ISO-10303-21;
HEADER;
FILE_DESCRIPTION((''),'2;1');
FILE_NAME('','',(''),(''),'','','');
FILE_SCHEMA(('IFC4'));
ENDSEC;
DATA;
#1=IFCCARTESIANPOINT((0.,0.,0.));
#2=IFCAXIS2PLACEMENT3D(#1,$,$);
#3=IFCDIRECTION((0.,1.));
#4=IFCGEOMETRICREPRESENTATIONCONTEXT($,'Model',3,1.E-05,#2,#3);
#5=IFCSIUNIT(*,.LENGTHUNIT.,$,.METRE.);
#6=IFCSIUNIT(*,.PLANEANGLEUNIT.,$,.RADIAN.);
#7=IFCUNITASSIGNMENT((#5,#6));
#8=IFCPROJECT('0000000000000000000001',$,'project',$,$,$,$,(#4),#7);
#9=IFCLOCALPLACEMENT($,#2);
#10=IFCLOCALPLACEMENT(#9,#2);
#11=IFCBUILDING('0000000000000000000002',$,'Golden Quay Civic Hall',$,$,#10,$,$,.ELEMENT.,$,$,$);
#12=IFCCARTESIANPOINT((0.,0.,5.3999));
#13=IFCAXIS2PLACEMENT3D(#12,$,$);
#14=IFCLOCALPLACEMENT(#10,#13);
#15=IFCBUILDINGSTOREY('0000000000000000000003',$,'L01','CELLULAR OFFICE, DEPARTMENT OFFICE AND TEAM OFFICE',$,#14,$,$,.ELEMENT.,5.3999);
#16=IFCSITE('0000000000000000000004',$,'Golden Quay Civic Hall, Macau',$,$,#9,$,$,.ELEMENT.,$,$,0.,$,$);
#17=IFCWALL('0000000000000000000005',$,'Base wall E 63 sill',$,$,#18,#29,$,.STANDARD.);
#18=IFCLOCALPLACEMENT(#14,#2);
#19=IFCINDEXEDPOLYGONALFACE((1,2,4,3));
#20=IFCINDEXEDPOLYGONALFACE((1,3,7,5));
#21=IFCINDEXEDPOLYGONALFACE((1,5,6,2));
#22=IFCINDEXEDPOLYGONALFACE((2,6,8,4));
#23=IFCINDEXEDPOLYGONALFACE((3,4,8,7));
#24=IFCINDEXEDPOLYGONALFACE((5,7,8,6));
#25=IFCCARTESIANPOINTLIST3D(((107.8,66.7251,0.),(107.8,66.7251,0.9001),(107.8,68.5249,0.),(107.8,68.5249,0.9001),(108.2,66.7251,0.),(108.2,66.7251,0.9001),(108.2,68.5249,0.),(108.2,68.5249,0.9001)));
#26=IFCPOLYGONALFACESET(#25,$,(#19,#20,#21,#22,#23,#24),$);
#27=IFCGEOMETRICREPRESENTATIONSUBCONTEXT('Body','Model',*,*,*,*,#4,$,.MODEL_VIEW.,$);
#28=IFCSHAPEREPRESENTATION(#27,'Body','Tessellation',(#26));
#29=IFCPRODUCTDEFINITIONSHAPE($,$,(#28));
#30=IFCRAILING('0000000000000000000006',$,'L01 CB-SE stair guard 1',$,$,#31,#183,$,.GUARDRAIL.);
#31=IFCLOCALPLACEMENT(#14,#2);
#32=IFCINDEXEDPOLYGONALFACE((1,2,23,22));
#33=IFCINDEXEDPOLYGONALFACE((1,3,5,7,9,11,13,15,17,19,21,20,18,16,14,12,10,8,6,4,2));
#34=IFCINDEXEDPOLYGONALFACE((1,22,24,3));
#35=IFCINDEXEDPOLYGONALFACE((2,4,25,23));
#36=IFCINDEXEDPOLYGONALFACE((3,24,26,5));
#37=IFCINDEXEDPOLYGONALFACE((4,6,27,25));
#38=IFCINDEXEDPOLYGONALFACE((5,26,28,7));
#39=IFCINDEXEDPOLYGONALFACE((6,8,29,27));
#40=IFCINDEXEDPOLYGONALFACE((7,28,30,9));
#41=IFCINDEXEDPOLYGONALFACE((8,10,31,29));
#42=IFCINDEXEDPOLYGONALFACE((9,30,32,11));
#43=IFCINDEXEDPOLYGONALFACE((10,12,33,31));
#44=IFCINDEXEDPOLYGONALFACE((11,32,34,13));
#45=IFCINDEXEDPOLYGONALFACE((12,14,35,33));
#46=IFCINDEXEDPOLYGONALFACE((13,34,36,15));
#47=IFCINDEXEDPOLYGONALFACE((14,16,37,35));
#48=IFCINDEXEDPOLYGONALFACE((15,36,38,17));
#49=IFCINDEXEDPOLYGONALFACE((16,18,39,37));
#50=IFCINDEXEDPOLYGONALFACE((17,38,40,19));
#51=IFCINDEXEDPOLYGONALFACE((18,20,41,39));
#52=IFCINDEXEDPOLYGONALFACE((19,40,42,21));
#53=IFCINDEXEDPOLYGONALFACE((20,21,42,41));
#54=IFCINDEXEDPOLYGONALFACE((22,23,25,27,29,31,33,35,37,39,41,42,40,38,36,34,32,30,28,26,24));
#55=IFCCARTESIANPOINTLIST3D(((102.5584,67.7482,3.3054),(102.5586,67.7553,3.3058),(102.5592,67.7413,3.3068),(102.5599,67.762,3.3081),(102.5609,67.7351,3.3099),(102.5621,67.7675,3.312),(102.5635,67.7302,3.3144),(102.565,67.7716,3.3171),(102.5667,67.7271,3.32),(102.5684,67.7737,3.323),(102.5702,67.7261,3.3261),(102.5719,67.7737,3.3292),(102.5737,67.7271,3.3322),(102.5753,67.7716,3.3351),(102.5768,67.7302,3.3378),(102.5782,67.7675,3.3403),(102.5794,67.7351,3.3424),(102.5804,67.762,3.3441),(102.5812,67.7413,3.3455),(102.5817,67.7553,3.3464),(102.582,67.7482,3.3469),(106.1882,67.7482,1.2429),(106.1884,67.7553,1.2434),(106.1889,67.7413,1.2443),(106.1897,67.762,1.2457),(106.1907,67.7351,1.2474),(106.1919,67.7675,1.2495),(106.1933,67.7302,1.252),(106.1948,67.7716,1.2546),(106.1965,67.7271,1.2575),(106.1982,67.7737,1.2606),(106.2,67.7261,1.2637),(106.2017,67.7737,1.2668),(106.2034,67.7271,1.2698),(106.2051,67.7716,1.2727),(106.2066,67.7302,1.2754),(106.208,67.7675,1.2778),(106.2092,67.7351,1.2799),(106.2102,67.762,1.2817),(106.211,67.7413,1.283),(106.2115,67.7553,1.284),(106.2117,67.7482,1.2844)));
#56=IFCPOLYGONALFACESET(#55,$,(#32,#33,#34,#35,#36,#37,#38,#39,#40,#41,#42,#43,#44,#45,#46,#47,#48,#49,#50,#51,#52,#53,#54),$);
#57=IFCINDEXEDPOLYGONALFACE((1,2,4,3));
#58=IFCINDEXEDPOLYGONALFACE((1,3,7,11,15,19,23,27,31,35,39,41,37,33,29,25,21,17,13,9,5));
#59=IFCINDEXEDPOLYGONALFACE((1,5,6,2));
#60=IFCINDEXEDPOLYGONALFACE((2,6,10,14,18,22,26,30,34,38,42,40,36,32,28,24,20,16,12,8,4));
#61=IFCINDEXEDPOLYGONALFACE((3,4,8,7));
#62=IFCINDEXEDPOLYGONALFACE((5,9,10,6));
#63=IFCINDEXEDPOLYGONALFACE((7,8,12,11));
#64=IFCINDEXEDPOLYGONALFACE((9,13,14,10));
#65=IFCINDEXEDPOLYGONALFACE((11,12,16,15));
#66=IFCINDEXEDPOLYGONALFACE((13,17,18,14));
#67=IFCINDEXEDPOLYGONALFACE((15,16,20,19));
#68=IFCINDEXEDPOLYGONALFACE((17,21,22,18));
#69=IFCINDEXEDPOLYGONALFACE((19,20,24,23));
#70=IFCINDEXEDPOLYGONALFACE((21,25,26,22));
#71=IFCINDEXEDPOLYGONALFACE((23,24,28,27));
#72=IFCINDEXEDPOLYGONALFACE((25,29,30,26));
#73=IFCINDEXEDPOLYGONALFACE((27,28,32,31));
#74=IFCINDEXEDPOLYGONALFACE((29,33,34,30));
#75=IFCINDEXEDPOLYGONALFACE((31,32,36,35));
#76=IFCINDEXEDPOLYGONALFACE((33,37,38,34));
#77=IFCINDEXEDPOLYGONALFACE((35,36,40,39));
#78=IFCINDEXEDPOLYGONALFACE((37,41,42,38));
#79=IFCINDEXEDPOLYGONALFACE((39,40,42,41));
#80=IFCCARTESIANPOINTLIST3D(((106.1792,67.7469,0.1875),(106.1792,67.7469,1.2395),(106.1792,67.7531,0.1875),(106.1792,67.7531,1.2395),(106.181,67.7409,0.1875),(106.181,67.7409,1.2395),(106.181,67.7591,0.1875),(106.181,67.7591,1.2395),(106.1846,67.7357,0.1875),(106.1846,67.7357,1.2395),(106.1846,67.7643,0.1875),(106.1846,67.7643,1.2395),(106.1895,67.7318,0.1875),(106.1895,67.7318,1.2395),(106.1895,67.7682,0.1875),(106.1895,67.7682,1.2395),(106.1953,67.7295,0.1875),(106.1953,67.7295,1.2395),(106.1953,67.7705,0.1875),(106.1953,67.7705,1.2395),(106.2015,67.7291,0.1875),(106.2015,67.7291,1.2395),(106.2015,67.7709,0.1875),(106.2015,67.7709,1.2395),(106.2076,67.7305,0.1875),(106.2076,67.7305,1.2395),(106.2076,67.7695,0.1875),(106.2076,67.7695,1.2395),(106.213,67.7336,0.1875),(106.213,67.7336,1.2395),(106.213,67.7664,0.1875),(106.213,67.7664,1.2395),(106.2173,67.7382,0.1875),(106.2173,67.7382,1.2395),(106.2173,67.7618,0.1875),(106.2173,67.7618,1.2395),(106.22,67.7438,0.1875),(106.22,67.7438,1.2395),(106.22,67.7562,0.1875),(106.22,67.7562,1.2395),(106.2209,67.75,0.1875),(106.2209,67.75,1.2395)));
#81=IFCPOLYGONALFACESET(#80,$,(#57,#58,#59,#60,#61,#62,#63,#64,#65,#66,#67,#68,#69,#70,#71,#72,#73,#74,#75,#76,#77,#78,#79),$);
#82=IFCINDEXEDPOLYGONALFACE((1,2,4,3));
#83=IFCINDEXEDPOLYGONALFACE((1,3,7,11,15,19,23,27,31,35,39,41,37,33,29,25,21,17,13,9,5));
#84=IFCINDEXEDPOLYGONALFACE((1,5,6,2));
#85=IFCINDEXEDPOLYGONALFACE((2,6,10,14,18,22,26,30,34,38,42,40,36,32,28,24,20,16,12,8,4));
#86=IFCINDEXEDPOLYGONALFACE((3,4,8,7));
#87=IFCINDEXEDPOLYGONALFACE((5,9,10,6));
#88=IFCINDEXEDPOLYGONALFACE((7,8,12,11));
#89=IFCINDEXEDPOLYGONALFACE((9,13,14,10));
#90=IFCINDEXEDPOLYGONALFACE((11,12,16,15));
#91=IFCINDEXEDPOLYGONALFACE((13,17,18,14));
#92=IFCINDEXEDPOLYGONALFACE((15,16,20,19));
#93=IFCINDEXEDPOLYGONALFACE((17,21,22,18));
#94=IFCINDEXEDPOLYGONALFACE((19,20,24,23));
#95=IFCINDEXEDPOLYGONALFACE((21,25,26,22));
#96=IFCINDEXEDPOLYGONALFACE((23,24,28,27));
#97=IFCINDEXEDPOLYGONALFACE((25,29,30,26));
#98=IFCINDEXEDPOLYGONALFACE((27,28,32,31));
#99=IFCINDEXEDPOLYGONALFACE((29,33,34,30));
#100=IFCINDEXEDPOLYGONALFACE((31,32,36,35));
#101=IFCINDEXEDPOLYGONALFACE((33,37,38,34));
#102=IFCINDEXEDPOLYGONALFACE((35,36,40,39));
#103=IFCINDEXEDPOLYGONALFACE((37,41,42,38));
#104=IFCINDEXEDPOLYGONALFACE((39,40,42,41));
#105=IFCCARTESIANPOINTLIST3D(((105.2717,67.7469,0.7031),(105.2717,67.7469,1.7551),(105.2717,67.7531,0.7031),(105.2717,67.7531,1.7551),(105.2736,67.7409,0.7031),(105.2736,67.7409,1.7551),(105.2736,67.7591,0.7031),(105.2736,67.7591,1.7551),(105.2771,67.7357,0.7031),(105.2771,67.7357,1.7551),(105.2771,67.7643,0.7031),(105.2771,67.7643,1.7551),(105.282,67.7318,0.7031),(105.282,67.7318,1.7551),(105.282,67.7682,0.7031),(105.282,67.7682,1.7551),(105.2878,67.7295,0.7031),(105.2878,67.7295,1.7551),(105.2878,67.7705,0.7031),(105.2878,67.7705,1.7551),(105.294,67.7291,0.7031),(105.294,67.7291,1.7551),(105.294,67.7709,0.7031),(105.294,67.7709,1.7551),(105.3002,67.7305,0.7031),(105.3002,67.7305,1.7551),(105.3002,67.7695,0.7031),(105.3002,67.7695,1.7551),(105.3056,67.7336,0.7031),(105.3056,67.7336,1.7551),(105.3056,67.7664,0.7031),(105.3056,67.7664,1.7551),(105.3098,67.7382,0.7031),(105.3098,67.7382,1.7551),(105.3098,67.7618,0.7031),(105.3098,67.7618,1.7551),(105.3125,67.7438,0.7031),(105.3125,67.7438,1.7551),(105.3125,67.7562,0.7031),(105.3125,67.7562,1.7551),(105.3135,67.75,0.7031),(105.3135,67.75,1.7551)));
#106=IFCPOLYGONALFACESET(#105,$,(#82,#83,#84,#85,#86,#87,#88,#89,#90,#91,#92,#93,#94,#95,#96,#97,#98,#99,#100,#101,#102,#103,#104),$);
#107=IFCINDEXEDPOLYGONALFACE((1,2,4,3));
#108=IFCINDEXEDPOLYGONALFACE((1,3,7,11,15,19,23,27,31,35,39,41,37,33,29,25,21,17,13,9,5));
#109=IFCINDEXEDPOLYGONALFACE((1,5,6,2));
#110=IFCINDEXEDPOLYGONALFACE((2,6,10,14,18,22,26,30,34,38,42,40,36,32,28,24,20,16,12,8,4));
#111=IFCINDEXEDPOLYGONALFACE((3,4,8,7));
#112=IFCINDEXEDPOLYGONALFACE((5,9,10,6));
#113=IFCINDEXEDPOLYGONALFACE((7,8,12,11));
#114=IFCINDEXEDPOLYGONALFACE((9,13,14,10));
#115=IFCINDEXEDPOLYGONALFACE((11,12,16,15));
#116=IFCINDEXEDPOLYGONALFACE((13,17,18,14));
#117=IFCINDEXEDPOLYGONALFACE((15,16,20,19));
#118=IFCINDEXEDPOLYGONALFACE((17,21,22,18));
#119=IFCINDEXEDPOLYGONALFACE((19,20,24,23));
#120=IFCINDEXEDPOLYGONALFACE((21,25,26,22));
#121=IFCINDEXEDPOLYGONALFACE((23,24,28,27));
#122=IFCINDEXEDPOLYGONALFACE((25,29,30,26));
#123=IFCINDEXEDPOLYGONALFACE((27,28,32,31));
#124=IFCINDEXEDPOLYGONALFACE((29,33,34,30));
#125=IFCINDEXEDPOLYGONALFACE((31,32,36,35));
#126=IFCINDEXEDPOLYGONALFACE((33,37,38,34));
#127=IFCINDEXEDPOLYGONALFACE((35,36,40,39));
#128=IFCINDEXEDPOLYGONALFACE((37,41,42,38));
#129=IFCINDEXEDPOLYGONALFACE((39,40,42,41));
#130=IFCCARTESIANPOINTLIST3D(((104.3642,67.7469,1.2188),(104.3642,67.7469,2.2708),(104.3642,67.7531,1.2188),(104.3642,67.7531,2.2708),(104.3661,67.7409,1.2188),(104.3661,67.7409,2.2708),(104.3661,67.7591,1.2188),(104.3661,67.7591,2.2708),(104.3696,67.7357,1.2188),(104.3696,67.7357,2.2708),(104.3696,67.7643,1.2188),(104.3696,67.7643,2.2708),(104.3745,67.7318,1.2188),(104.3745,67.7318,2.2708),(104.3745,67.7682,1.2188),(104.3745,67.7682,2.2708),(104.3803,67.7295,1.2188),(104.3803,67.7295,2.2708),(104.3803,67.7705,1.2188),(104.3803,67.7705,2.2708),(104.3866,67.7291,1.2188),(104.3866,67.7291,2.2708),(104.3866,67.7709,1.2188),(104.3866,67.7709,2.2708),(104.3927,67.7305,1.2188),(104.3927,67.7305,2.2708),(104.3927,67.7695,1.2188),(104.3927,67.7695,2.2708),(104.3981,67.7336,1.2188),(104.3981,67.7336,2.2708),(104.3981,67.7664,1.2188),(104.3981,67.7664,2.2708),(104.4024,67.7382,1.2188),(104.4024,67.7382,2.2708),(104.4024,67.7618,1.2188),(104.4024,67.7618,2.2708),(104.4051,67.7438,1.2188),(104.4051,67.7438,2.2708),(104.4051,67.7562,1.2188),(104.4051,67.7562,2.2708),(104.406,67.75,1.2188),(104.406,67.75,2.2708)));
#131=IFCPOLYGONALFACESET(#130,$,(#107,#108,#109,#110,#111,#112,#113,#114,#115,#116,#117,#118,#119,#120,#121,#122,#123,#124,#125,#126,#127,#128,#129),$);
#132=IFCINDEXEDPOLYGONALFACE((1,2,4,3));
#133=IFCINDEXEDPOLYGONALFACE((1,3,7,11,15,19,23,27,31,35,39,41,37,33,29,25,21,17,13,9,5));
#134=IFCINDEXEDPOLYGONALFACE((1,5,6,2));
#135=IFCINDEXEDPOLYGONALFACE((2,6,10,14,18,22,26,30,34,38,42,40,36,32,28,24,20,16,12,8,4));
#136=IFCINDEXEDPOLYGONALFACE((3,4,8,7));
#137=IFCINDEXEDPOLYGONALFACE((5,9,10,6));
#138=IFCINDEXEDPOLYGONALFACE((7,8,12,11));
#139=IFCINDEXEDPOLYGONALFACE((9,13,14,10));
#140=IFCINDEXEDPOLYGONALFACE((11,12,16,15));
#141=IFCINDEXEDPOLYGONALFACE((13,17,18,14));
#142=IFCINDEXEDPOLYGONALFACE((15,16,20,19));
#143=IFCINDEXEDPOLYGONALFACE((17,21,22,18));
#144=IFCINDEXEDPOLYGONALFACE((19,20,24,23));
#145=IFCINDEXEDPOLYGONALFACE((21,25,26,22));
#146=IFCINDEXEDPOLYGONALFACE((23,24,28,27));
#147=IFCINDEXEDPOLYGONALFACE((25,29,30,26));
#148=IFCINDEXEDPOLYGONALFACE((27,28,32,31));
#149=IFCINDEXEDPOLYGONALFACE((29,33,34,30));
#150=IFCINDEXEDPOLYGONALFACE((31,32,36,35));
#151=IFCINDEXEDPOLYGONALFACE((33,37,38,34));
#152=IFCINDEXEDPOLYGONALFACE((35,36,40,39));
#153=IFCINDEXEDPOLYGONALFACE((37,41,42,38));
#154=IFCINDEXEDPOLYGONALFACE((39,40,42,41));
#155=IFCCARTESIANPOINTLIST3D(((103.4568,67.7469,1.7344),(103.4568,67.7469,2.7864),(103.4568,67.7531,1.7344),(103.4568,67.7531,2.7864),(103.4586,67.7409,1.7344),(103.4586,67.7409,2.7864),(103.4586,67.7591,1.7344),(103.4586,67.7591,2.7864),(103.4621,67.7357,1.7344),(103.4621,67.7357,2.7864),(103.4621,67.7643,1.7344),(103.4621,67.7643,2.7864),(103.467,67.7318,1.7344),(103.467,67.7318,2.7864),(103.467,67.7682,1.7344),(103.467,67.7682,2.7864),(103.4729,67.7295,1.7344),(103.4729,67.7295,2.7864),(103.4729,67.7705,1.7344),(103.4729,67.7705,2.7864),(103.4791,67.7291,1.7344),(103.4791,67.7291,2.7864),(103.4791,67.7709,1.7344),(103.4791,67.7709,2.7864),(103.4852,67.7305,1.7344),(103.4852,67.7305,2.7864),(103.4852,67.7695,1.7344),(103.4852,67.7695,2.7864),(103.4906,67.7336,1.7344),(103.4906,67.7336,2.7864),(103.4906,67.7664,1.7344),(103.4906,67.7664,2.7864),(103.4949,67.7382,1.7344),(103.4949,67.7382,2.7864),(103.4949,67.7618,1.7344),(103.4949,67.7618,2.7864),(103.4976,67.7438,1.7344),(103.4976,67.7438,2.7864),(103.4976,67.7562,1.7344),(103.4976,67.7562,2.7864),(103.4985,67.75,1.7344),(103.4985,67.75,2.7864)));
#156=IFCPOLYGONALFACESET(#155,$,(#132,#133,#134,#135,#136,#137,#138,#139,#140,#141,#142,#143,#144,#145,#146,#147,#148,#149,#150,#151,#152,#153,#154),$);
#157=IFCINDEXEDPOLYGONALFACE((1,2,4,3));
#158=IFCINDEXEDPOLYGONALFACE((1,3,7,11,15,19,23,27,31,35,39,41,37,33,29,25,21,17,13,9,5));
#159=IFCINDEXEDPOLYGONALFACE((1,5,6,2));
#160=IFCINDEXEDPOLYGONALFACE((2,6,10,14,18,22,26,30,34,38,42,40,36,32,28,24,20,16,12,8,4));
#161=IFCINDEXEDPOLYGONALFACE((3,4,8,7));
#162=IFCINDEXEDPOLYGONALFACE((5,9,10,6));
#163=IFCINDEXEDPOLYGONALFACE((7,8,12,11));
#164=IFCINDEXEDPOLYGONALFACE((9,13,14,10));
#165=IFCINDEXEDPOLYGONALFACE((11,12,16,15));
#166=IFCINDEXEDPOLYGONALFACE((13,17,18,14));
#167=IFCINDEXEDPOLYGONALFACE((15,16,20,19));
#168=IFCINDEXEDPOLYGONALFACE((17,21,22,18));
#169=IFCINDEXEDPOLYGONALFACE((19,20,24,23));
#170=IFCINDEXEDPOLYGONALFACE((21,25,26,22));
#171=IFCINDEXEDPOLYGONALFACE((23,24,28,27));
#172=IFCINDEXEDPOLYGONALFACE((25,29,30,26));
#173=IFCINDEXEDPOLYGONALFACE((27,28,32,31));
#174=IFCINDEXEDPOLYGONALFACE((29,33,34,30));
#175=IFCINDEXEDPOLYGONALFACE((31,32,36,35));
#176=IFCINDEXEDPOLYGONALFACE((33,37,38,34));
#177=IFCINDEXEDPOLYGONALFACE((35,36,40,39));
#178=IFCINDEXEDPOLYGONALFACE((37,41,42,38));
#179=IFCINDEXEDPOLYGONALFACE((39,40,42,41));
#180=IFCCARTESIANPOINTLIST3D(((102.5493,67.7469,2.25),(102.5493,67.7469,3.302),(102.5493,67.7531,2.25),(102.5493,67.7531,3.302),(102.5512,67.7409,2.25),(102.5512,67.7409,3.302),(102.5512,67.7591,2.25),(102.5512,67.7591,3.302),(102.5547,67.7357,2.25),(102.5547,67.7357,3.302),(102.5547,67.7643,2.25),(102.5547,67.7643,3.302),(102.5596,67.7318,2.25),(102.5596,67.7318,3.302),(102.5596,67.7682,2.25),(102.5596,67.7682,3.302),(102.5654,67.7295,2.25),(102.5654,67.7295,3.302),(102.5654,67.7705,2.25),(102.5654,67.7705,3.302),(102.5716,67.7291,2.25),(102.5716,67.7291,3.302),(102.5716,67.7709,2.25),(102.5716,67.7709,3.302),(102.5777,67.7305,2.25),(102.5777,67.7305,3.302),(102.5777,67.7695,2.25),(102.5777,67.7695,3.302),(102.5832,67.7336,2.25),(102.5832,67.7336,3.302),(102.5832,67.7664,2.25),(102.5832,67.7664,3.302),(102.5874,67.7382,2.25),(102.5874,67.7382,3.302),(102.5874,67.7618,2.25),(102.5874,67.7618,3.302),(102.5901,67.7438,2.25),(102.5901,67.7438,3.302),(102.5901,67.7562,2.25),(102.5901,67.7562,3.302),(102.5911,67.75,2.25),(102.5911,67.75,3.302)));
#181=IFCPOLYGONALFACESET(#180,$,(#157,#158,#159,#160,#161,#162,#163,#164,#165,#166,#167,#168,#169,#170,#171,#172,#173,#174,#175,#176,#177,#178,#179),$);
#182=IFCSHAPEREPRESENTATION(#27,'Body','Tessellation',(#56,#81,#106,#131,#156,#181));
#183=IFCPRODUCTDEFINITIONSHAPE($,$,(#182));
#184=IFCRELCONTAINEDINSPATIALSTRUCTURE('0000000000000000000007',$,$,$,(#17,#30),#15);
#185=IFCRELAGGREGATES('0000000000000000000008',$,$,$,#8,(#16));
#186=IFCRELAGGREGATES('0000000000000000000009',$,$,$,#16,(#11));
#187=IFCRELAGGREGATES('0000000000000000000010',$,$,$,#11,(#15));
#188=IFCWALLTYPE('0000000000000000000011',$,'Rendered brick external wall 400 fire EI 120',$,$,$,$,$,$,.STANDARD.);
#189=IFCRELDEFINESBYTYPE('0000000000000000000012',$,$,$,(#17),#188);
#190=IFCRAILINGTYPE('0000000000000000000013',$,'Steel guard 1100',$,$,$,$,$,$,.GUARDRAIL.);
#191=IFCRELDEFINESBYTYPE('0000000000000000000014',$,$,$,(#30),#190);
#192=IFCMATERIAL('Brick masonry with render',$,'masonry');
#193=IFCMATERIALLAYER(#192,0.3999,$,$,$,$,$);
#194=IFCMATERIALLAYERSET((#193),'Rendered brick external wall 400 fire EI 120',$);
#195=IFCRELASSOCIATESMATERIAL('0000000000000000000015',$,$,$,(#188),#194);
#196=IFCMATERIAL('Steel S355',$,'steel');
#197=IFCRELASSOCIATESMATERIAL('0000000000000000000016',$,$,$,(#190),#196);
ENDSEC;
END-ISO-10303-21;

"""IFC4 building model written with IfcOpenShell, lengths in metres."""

from ifc_helpers import new_model, si_unit, direction, frame, frame_2d, origin, origin_2d, place, context, subcontext, project, spatial, rectangle, circle, extrude, material, layer, layer_set, type_object, element, save


model = new_model("IFC4")

# Units and contexts
model_context = context("Model", 3, precision=1e-05, world=origin(), true_north=direction((0.0, 1.0)))
body_context = subcontext(model_context, "Body", "Model", "MODEL_VIEW")
ifc_project = project(units=[si_unit("LENGTHUNIT", "METRE"), si_unit("PLANEANGLEUNIT", "RADIAN")], contexts=[model_context])

# Site, building, storey
site_placement = place(None, origin())
site = spatial("IfcSite", under=ifc_project, at=site_placement, Name="Golden Quay Civic Hall, Macau", CompositionType="ELEMENT", RefElevation=0.0)
building_placement = place(site_placement, origin())
building = spatial("IfcBuilding", under=site, at=building_placement, Name="Golden Quay Civic Hall", CompositionType="ELEMENT")
storey_placement = place(building_placement, frame((0.0, 0.0, 5.3999)))
storey = spatial("IfcBuildingStorey", under=building, at=storey_placement, Name="L01", Description="CELLULAR OFFICE, DEPARTMENT OFFICE AND TEAM OFFICE", CompositionType="ELEMENT", Elevation=5.3999)

# Wall
ifc_material_1 = material(Name="Brick masonry with render", Category="masonry")
ifc_layer_1 = layer(ifc_material_1, 0.3999)
ifc_layer_set_1 = layer_set([ifc_layer_1], Name="Rendered brick external wall 400 fire EI 120")
wall_type_1 = type_object("IfcWallType", Name="Rendered brick external wall 400 fire EI 120", PredefinedType="STANDARD", material=ifc_layer_set_1)
wall_1_placement = place(storey_placement, frame((108.0, 66.7251, 0.0), z_axis=(0.0, 0.0, 1.0), x_axis=(0.0, 1.0, 0.0)))
element("IfcWall", 1, at=wall_1_placement, inside=storey, type_object=wall_type_1, Name="Base wall E 63 sill", PredefinedType="STANDARD", context=body_context, shape_type="SweptSolid", body=[
    extrude(rectangle(XDim=1.7998, YDim=0.3999, at=frame_2d((0.8999, 0.0))), origin(), (0.0, 0.0, 1.0), 0.9001),
])

# Railing
ifc_material_2 = material(Name="Steel S355", Category="steel")
railing_type = type_object("IfcRailingType", Name="Steel guard 1100", PredefinedType="GUARDRAIL", material=ifc_material_2)
railing_1_placement = place(storey_placement, frame((106.2, 67.75, 0.1875)))
element("IfcRailing", 2, at=railing_1_placement, inside=storey, type_object=railing_type, Name="L01 CB-SE stair guard 1", PredefinedType="GUARDRAIL", context=body_context, shape_type="SweptSolid", body=[
    extrude(circle(Radius=0.0239, at=origin_2d()), frame((0.0, 0.0, 1.0762), z_axis=(-0.86945, 0.0, 0.494021), x_axis=(0.0, -1.0, 0.0)), (0.0, 0.0, 1.0), 4.1748),
    extrude(circle(Radius=0.021, at=origin_2d()), origin(), (0.0, 0.0, 1.0), 1.052),
    extrude(circle(Radius=0.021, at=origin_2d()), frame((-0.9075, 0.0, 0.5156)), (0.0, 0.0, 1.0), 1.052),
    extrude(circle(Radius=0.021, at=origin_2d()), frame((-1.8149, 0.0, 1.0312)), (0.0, 0.0, 1.0), 1.052),
    extrude(circle(Radius=0.021, at=origin_2d()), frame((-2.7224, 0.0, 1.5469)), (0.0, 0.0, 1.0), 1.052),
    extrude(circle(Radius=0.021, at=origin_2d()), frame((-3.6299, 0.0, 2.0625)), (0.0, 0.0, 1.0), 1.052),
])

save(model, "model.ifc")
